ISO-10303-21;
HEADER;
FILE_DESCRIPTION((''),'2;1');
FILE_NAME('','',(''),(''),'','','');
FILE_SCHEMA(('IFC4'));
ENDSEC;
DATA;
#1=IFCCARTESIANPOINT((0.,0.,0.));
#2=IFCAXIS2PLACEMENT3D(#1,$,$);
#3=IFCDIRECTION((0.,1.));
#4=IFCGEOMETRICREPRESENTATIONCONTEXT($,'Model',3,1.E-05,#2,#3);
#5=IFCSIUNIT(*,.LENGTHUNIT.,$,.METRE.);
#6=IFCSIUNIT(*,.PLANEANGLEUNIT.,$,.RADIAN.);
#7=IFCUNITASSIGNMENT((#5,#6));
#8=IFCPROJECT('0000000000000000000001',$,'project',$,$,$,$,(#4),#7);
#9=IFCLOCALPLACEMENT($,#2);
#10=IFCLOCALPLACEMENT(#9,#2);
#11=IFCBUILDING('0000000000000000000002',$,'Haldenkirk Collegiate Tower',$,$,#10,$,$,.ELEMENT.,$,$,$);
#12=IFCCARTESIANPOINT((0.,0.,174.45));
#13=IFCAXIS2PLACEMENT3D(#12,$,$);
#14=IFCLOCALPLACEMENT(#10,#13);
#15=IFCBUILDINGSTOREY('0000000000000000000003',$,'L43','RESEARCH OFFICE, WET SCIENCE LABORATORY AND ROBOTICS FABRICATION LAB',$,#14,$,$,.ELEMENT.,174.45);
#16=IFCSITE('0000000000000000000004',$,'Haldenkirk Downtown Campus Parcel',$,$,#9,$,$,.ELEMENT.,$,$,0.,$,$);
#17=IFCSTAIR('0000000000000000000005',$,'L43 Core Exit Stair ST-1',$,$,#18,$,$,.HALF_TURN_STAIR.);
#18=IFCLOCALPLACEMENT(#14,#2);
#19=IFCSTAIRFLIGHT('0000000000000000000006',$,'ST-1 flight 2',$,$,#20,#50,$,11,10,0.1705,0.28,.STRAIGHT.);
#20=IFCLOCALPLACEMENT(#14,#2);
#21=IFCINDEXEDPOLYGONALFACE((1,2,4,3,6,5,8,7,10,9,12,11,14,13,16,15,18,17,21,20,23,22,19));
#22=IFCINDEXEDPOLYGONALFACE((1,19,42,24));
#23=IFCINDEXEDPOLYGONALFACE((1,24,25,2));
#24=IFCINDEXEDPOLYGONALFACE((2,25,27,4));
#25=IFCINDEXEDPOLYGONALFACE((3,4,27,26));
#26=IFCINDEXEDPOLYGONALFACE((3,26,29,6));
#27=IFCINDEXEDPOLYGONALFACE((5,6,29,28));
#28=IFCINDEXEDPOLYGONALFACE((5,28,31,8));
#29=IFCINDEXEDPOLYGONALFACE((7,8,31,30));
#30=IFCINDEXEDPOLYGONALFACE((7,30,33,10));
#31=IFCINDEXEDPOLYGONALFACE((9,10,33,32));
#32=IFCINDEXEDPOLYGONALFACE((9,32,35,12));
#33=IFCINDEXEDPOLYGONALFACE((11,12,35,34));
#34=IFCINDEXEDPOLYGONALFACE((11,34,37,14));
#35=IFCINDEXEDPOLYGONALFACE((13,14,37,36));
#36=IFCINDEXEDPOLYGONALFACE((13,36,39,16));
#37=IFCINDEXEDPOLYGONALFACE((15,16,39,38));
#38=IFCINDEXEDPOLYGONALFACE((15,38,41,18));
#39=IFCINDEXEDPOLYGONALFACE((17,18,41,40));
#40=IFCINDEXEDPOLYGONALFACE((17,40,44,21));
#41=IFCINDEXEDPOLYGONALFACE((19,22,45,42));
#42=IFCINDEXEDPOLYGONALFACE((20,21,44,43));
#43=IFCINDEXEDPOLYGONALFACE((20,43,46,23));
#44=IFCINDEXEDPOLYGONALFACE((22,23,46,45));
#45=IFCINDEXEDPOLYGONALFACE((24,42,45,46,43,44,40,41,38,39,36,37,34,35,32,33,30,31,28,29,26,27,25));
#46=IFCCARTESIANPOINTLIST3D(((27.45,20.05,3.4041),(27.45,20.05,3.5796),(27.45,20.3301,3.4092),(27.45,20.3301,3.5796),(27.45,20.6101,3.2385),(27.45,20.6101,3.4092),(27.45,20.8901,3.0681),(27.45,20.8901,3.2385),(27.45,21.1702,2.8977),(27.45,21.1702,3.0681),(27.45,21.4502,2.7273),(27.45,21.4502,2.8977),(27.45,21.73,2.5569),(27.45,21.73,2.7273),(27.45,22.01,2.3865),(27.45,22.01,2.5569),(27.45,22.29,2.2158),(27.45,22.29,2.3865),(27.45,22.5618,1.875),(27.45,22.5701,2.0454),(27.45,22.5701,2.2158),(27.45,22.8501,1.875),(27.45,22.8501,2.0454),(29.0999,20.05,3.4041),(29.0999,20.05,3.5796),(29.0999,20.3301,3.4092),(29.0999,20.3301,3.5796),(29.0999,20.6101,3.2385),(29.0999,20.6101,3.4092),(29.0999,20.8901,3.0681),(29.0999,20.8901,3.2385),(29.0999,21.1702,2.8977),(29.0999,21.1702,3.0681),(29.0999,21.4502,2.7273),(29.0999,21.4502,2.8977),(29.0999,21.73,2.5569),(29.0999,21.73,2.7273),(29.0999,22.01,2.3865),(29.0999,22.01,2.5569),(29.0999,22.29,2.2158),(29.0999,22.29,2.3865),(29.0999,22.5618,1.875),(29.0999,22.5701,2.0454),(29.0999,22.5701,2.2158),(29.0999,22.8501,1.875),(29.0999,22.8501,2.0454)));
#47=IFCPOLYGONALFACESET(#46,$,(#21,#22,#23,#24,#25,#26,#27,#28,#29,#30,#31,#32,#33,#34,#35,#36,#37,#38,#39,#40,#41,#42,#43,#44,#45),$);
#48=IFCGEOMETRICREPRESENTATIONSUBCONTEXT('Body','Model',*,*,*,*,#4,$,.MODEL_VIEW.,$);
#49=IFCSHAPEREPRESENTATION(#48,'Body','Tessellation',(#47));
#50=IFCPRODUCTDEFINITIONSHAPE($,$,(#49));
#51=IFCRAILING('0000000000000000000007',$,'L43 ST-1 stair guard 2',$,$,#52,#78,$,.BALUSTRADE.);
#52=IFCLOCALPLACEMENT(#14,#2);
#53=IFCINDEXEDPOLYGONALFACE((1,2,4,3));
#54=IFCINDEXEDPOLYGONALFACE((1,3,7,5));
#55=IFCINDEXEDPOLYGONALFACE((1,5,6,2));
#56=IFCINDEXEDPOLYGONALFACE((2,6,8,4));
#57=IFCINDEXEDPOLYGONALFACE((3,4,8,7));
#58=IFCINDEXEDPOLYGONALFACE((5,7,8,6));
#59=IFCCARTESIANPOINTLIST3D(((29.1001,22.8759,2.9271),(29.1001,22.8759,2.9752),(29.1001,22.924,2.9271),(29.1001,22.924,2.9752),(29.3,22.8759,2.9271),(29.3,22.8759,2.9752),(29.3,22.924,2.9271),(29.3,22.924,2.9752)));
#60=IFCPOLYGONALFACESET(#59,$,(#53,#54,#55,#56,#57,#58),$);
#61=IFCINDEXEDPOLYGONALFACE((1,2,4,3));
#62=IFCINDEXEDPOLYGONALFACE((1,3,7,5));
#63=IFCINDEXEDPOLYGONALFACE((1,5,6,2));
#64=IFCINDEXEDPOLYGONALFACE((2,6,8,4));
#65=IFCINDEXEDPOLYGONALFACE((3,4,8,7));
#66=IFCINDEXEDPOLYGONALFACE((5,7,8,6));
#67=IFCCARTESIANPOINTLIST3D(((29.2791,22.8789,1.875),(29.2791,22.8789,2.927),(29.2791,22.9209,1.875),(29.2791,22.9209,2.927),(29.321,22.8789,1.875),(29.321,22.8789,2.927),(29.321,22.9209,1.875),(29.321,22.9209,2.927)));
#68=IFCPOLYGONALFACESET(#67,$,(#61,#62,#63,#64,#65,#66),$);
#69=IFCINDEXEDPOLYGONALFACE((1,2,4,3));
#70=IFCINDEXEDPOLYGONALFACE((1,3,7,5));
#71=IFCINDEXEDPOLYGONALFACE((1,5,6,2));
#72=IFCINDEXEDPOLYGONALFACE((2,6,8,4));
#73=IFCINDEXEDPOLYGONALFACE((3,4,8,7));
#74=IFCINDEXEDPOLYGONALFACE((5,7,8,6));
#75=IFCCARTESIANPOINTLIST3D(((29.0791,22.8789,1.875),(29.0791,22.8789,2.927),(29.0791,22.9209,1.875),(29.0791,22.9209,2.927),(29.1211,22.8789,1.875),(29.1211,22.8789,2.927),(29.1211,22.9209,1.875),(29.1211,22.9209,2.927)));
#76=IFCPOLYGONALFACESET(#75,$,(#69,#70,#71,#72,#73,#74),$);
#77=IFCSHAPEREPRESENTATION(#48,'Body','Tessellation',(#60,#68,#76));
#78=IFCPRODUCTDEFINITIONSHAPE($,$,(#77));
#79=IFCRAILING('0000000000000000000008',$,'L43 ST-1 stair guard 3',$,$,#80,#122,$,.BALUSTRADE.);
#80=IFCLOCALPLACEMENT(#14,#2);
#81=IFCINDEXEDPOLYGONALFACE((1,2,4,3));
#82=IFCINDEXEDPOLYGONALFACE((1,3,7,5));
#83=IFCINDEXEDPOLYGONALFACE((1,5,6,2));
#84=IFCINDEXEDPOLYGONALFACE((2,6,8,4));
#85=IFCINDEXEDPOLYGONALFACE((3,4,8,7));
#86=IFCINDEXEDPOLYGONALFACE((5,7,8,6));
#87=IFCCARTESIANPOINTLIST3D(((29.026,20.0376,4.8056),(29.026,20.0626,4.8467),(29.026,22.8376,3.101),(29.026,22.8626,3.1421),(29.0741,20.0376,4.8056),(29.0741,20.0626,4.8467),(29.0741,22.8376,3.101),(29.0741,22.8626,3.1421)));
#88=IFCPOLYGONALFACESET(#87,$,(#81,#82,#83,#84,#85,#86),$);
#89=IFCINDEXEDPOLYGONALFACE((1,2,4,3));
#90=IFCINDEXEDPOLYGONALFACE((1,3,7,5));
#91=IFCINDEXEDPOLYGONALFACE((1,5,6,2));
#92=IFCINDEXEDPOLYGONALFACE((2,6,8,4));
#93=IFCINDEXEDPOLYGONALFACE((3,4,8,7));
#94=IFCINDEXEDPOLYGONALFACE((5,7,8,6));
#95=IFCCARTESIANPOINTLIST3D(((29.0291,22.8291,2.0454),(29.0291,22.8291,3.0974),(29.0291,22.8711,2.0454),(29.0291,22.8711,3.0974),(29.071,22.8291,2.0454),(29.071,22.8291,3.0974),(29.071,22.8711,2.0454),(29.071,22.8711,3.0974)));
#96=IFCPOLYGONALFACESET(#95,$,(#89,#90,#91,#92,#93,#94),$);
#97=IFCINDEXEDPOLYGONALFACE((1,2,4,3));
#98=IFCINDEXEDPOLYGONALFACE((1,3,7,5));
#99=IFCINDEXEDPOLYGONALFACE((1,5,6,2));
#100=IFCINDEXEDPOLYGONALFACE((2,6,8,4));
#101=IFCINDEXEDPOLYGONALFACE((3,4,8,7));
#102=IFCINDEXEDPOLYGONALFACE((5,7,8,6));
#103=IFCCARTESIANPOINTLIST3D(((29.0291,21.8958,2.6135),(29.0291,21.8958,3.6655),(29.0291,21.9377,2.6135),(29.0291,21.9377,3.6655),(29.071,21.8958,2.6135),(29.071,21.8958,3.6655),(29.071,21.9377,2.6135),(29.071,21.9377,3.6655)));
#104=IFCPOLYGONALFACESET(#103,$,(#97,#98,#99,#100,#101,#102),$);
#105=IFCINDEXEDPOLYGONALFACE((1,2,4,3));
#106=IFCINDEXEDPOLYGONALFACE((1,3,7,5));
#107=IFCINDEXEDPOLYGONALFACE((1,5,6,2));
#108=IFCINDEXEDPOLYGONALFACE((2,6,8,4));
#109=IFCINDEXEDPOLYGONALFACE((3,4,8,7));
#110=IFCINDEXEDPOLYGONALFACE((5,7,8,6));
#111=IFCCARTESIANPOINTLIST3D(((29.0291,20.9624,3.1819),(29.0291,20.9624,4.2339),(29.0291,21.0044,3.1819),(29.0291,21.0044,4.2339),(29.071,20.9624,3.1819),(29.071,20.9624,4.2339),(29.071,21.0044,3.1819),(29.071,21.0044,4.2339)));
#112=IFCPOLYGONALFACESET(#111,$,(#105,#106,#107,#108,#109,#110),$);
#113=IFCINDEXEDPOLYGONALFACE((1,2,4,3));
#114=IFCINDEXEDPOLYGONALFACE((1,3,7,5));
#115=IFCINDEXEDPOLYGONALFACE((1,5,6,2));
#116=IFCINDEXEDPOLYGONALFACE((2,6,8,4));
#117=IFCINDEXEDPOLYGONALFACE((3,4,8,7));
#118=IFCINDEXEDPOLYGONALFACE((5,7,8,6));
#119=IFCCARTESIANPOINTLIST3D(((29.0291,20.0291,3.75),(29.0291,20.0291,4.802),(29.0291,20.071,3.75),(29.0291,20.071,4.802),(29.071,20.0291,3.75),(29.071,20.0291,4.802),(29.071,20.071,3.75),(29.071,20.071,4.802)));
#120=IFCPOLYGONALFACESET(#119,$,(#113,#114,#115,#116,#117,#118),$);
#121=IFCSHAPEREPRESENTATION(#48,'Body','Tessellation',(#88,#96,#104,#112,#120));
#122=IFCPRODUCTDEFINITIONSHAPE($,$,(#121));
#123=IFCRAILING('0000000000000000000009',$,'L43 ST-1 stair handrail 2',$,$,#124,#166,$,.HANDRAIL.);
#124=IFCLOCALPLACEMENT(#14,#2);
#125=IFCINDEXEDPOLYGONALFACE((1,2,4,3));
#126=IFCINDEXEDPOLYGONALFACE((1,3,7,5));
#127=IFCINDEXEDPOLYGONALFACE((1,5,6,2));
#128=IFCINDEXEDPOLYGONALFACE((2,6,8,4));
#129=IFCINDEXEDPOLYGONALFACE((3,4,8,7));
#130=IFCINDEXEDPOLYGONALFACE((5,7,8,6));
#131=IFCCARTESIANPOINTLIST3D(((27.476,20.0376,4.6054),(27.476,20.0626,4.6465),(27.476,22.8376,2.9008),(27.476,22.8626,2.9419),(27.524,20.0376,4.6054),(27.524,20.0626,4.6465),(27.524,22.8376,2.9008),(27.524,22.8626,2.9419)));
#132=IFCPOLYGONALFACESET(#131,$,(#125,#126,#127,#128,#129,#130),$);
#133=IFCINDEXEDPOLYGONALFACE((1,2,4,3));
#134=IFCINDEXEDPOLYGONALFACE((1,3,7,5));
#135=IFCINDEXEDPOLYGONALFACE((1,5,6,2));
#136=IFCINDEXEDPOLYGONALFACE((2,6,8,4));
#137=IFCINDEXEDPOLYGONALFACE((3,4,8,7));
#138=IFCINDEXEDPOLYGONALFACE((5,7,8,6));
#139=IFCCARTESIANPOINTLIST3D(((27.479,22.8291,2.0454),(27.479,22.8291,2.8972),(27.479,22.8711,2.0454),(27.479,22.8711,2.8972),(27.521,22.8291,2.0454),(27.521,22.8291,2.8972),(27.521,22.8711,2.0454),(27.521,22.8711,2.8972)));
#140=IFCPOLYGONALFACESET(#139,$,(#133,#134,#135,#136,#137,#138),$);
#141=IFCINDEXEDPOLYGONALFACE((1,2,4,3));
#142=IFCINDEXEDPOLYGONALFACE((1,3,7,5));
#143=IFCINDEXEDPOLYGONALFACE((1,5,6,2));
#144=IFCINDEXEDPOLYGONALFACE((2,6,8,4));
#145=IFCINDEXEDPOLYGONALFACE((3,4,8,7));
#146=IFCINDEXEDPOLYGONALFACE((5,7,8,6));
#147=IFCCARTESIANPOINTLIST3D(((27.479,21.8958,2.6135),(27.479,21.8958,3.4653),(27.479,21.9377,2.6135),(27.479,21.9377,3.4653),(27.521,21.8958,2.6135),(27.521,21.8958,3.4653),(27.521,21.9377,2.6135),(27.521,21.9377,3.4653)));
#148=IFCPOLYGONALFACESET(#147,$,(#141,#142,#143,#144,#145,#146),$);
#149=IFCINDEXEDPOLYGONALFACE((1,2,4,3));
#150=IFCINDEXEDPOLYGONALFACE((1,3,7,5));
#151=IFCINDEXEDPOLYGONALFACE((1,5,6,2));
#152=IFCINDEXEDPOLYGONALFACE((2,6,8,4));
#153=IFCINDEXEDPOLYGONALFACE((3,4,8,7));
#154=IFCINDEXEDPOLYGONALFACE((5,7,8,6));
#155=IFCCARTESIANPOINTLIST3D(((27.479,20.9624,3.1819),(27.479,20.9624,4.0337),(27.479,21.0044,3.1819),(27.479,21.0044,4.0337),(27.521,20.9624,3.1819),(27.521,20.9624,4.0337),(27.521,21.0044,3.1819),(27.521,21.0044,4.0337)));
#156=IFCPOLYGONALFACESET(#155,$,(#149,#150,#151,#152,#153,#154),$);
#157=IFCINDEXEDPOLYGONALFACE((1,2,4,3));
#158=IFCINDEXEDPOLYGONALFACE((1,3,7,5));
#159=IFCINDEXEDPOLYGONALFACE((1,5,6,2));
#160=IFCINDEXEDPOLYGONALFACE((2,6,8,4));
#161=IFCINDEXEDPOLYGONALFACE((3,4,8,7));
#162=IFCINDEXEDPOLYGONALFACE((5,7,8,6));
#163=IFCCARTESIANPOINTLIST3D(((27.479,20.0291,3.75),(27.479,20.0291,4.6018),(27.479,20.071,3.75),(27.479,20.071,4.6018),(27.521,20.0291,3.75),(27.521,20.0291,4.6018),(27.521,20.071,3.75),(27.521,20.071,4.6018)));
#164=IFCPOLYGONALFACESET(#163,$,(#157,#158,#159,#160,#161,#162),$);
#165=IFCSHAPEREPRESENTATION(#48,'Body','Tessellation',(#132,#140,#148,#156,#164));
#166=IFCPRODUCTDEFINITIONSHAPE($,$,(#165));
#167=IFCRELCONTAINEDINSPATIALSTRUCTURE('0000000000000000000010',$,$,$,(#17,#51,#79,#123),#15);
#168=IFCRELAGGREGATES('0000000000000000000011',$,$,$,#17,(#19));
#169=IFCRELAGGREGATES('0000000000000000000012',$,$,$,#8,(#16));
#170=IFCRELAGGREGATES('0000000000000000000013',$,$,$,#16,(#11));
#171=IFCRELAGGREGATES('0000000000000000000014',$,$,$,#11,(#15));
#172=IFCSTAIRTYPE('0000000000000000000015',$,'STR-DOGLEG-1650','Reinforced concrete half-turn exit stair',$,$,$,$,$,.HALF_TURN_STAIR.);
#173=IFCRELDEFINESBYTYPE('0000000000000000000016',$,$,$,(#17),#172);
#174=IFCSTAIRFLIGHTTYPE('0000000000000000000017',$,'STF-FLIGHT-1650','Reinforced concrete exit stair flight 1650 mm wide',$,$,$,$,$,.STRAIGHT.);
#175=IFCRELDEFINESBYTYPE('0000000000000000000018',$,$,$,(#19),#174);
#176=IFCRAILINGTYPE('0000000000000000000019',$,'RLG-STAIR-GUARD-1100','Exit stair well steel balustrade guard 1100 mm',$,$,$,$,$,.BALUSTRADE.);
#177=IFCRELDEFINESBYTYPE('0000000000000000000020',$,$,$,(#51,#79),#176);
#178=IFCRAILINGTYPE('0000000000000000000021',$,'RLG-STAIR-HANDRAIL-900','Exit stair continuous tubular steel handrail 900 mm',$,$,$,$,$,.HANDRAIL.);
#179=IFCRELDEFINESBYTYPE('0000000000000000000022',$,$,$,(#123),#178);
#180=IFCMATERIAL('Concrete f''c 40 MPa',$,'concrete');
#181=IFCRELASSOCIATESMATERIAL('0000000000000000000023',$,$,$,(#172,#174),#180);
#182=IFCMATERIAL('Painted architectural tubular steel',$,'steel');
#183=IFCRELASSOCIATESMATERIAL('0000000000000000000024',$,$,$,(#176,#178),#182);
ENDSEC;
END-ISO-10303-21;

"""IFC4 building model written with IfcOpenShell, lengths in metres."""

from ifc_helpers import new_model, si_unit, direction, frame, origin, origin_2d, place, context, subcontext, project, spatial, polyline, rectangle, outline, extrude, material, type_object, element, aggregate, save


model = new_model("IFC4")

# Units and contexts
model_context = context("Model", 3, precision=1e-05, world=origin(), true_north=direction((0.0, 1.0)))
body_context = subcontext(model_context, "Body", "Model", "MODEL_VIEW")
ifc_project = project(units=[si_unit("LENGTHUNIT", "METRE"), si_unit("PLANEANGLEUNIT", "RADIAN")], contexts=[model_context])

# Site, building, storey
site_placement = place(None, origin())
site = spatial("IfcSite", under=ifc_project, at=site_placement, Name="Haldenkirk Downtown Campus Parcel", CompositionType="ELEMENT", RefElevation=0.0)
building_placement = place(site_placement, origin())
building = spatial("IfcBuilding", under=site, at=building_placement, Name="Haldenkirk Collegiate Tower", CompositionType="ELEMENT")
storey_placement = place(building_placement, frame((0.0, 0.0, 174.45)))
storey = spatial("IfcBuildingStorey", under=building, at=storey_placement, Name="L43", Description="RESEARCH OFFICE, WET SCIENCE LABORATORY AND ROBOTICS FABRICATION LAB", CompositionType="ELEMENT", Elevation=174.45)

# Stair, stair flight
ifc_material_1 = material(Name="Concrete f'c 40 MPa", Category="concrete")
stair_type = type_object("IfcStairType", Name="STR-DOGLEG-1650", Description="Reinforced concrete half-turn exit stair", PredefinedType="HALF_TURN_STAIR", material=ifc_material_1)
stair_placement = place(storey_placement, origin())
stair = element("IfcStair", 1, at=stair_placement, inside=storey, type_object=stair_type, Name="L43 Core Exit Stair ST-1", PredefinedType="HALF_TURN_STAIR")
stair_flight_type = type_object("IfcStairFlightType", Name="STF-FLIGHT-1650", Description="Reinforced concrete exit stair flight 1650 mm wide", PredefinedType="STRAIGHT", material=ifc_material_1)
stair_flight_placement = place(storey_placement, frame((28.2749, 22.8501, 1.875), z_axis=(0.0, 0.0, 1.0), x_axis=(0.0, -1.0, 0.0)))
stair_flight = element("IfcStairFlight", 2, at=stair_flight_placement, type_object=stair_flight_type, Name="ST-1 flight 2", NumberOfRisers=11, NumberOfTreads=10, PredefinedType="STRAIGHT", RiserHeight=0.1705, TreadLength=0.28, context=body_context, shape_type="SweptSolid", body=[
    extrude(outline(polyline([(0.0, 0.0), (0.0, 0.1704), (0.28, 0.1704), (0.28, 0.3408), (0.5601, 0.3408), (0.5601, 0.5115), (0.8401, 0.5115), (0.8401, 0.6819), (1.1201, 0.6819), (1.1201, 0.8523), (1.3999, 0.8523), (1.3999, 1.0227), (1.6799, 1.0227), (1.6799, 1.1931), (1.96, 1.1931), (1.96, 1.3635), (2.24, 1.3635), (2.24, 1.5342), (2.52, 1.5342), (2.52, 1.7046), (2.8, 1.7046), (2.8, 1.875), (2.8, 1.5291), (0.2883, 0.0), (0.0, 0.0)])), frame((0.0, 0.825, 0.0), z_axis=(0.0, -1.0, 0.0), x_axis=(1.0, 0.0, 0.0)), (0.0, 0.0, 1.0), 1.6499),
])
aggregate(stair, [stair_flight])

# Railings
ifc_material_2 = material(Name="Painted architectural tubular steel", Category="steel")
railing_type_1 = type_object("IfcRailingType", Name="RLG-STAIR-GUARD-1100", Description="Exit stair well steel balustrade guard 1100 mm", PredefinedType="BALUSTRADE", material=ifc_material_2)
railing_1_placement = place(storey_placement, frame((29.3, 22.8999, 1.875)))
element("IfcRailing", 3, at=railing_1_placement, inside=storey, type_object=railing_type_1, Name="L43 ST-1 stair guard 2", PredefinedType="BALUSTRADE", context=body_context, shape_type="SweptSolid", body=[
    extrude(rectangle(XDim=0.0481, YDim=0.0481, at=origin_2d()), frame((0.0, 0.0, 1.0762), z_axis=(-1.0, 0.0, 0.0), x_axis=(0.0, -1.0, 0.0)), (0.0, 0.0, 1.0), 0.2),
    extrude(rectangle(XDim=0.042, YDim=0.042, at=origin_2d()), origin(), (0.0, 0.0, 1.0), 1.052),
    extrude(rectangle(XDim=0.042, YDim=0.042, at=origin_2d()), frame((-0.2, 0.0, 0.0)), (0.0, 0.0, 1.0), 1.052),
])
railing_2_placement = place(storey_placement, frame((29.05, 22.8501, 2.0454)))
element("IfcRailing", 4, at=railing_2_placement, inside=storey, type_object=railing_type_1, Name="L43 ST-1 stair guard 3", PredefinedType="BALUSTRADE", context=body_context, shape_type="SweptSolid", body=[
    extrude(rectangle(XDim=0.0481, YDim=0.0481, at=origin_2d()), frame((0.0, 0.0, 1.0762), z_axis=(0.0, -0.85417, 0.519994), x_axis=(1.0, 0.0, 0.0)), (0.0, 0.0, 1.0), 3.2781),
    extrude(rectangle(XDim=0.042, YDim=0.042, at=origin_2d()), origin(), (0.0, 0.0, 1.0), 1.052),
    extrude(rectangle(XDim=0.042, YDim=0.042, at=origin_2d()), frame((0.0, -0.9333, 0.5681)), (0.0, 0.0, 1.0), 1.052),
    extrude(rectangle(XDim=0.042, YDim=0.042, at=origin_2d()), frame((0.0, -1.8667, 1.1365)), (0.0, 0.0, 1.0), 1.052),
    extrude(rectangle(XDim=0.042, YDim=0.042, at=origin_2d()), frame((0.0, -2.8, 1.7046)), (0.0, 0.0, 1.0), 1.052),
])
railing_type_2 = type_object("IfcRailingType", Name="RLG-STAIR-HANDRAIL-900", Description="Exit stair continuous tubular steel handrail 900 mm", PredefinedType="HANDRAIL", material=ifc_material_2)
railing_3_placement = place(storey_placement, frame((27.5, 22.8501, 2.0454)))
element("IfcRailing", 5, at=railing_3_placement, inside=storey, type_object=railing_type_2, Name="L43 ST-1 stair handrail 2", PredefinedType="HANDRAIL", context=body_context, shape_type="SweptSolid", body=[
    extrude(rectangle(XDim=0.0481, YDim=0.0481, at=origin_2d()), frame((0.0, 0.0, 0.876), z_axis=(0.0, -0.85417, 0.519994), x_axis=(1.0, 0.0, 0.0)), (0.0, 0.0, 1.0), 3.2781),
    extrude(rectangle(XDim=0.042, YDim=0.042, at=origin_2d()), origin(), (0.0, 0.0, 1.0), 0.8518),
    extrude(rectangle(XDim=0.042, YDim=0.042, at=origin_2d()), frame((0.0, -0.9333, 0.5681)), (0.0, 0.0, 1.0), 0.8518),
    extrude(rectangle(XDim=0.042, YDim=0.042, at=origin_2d()), frame((0.0, -1.8667, 1.1365)), (0.0, 0.0, 1.0), 0.8518),
    extrude(rectangle(XDim=0.042, YDim=0.042, at=origin_2d()), frame((0.0, -2.8, 1.7046)), (0.0, 0.0, 1.0), 0.8518),
])

save(model, "model.ifc")
